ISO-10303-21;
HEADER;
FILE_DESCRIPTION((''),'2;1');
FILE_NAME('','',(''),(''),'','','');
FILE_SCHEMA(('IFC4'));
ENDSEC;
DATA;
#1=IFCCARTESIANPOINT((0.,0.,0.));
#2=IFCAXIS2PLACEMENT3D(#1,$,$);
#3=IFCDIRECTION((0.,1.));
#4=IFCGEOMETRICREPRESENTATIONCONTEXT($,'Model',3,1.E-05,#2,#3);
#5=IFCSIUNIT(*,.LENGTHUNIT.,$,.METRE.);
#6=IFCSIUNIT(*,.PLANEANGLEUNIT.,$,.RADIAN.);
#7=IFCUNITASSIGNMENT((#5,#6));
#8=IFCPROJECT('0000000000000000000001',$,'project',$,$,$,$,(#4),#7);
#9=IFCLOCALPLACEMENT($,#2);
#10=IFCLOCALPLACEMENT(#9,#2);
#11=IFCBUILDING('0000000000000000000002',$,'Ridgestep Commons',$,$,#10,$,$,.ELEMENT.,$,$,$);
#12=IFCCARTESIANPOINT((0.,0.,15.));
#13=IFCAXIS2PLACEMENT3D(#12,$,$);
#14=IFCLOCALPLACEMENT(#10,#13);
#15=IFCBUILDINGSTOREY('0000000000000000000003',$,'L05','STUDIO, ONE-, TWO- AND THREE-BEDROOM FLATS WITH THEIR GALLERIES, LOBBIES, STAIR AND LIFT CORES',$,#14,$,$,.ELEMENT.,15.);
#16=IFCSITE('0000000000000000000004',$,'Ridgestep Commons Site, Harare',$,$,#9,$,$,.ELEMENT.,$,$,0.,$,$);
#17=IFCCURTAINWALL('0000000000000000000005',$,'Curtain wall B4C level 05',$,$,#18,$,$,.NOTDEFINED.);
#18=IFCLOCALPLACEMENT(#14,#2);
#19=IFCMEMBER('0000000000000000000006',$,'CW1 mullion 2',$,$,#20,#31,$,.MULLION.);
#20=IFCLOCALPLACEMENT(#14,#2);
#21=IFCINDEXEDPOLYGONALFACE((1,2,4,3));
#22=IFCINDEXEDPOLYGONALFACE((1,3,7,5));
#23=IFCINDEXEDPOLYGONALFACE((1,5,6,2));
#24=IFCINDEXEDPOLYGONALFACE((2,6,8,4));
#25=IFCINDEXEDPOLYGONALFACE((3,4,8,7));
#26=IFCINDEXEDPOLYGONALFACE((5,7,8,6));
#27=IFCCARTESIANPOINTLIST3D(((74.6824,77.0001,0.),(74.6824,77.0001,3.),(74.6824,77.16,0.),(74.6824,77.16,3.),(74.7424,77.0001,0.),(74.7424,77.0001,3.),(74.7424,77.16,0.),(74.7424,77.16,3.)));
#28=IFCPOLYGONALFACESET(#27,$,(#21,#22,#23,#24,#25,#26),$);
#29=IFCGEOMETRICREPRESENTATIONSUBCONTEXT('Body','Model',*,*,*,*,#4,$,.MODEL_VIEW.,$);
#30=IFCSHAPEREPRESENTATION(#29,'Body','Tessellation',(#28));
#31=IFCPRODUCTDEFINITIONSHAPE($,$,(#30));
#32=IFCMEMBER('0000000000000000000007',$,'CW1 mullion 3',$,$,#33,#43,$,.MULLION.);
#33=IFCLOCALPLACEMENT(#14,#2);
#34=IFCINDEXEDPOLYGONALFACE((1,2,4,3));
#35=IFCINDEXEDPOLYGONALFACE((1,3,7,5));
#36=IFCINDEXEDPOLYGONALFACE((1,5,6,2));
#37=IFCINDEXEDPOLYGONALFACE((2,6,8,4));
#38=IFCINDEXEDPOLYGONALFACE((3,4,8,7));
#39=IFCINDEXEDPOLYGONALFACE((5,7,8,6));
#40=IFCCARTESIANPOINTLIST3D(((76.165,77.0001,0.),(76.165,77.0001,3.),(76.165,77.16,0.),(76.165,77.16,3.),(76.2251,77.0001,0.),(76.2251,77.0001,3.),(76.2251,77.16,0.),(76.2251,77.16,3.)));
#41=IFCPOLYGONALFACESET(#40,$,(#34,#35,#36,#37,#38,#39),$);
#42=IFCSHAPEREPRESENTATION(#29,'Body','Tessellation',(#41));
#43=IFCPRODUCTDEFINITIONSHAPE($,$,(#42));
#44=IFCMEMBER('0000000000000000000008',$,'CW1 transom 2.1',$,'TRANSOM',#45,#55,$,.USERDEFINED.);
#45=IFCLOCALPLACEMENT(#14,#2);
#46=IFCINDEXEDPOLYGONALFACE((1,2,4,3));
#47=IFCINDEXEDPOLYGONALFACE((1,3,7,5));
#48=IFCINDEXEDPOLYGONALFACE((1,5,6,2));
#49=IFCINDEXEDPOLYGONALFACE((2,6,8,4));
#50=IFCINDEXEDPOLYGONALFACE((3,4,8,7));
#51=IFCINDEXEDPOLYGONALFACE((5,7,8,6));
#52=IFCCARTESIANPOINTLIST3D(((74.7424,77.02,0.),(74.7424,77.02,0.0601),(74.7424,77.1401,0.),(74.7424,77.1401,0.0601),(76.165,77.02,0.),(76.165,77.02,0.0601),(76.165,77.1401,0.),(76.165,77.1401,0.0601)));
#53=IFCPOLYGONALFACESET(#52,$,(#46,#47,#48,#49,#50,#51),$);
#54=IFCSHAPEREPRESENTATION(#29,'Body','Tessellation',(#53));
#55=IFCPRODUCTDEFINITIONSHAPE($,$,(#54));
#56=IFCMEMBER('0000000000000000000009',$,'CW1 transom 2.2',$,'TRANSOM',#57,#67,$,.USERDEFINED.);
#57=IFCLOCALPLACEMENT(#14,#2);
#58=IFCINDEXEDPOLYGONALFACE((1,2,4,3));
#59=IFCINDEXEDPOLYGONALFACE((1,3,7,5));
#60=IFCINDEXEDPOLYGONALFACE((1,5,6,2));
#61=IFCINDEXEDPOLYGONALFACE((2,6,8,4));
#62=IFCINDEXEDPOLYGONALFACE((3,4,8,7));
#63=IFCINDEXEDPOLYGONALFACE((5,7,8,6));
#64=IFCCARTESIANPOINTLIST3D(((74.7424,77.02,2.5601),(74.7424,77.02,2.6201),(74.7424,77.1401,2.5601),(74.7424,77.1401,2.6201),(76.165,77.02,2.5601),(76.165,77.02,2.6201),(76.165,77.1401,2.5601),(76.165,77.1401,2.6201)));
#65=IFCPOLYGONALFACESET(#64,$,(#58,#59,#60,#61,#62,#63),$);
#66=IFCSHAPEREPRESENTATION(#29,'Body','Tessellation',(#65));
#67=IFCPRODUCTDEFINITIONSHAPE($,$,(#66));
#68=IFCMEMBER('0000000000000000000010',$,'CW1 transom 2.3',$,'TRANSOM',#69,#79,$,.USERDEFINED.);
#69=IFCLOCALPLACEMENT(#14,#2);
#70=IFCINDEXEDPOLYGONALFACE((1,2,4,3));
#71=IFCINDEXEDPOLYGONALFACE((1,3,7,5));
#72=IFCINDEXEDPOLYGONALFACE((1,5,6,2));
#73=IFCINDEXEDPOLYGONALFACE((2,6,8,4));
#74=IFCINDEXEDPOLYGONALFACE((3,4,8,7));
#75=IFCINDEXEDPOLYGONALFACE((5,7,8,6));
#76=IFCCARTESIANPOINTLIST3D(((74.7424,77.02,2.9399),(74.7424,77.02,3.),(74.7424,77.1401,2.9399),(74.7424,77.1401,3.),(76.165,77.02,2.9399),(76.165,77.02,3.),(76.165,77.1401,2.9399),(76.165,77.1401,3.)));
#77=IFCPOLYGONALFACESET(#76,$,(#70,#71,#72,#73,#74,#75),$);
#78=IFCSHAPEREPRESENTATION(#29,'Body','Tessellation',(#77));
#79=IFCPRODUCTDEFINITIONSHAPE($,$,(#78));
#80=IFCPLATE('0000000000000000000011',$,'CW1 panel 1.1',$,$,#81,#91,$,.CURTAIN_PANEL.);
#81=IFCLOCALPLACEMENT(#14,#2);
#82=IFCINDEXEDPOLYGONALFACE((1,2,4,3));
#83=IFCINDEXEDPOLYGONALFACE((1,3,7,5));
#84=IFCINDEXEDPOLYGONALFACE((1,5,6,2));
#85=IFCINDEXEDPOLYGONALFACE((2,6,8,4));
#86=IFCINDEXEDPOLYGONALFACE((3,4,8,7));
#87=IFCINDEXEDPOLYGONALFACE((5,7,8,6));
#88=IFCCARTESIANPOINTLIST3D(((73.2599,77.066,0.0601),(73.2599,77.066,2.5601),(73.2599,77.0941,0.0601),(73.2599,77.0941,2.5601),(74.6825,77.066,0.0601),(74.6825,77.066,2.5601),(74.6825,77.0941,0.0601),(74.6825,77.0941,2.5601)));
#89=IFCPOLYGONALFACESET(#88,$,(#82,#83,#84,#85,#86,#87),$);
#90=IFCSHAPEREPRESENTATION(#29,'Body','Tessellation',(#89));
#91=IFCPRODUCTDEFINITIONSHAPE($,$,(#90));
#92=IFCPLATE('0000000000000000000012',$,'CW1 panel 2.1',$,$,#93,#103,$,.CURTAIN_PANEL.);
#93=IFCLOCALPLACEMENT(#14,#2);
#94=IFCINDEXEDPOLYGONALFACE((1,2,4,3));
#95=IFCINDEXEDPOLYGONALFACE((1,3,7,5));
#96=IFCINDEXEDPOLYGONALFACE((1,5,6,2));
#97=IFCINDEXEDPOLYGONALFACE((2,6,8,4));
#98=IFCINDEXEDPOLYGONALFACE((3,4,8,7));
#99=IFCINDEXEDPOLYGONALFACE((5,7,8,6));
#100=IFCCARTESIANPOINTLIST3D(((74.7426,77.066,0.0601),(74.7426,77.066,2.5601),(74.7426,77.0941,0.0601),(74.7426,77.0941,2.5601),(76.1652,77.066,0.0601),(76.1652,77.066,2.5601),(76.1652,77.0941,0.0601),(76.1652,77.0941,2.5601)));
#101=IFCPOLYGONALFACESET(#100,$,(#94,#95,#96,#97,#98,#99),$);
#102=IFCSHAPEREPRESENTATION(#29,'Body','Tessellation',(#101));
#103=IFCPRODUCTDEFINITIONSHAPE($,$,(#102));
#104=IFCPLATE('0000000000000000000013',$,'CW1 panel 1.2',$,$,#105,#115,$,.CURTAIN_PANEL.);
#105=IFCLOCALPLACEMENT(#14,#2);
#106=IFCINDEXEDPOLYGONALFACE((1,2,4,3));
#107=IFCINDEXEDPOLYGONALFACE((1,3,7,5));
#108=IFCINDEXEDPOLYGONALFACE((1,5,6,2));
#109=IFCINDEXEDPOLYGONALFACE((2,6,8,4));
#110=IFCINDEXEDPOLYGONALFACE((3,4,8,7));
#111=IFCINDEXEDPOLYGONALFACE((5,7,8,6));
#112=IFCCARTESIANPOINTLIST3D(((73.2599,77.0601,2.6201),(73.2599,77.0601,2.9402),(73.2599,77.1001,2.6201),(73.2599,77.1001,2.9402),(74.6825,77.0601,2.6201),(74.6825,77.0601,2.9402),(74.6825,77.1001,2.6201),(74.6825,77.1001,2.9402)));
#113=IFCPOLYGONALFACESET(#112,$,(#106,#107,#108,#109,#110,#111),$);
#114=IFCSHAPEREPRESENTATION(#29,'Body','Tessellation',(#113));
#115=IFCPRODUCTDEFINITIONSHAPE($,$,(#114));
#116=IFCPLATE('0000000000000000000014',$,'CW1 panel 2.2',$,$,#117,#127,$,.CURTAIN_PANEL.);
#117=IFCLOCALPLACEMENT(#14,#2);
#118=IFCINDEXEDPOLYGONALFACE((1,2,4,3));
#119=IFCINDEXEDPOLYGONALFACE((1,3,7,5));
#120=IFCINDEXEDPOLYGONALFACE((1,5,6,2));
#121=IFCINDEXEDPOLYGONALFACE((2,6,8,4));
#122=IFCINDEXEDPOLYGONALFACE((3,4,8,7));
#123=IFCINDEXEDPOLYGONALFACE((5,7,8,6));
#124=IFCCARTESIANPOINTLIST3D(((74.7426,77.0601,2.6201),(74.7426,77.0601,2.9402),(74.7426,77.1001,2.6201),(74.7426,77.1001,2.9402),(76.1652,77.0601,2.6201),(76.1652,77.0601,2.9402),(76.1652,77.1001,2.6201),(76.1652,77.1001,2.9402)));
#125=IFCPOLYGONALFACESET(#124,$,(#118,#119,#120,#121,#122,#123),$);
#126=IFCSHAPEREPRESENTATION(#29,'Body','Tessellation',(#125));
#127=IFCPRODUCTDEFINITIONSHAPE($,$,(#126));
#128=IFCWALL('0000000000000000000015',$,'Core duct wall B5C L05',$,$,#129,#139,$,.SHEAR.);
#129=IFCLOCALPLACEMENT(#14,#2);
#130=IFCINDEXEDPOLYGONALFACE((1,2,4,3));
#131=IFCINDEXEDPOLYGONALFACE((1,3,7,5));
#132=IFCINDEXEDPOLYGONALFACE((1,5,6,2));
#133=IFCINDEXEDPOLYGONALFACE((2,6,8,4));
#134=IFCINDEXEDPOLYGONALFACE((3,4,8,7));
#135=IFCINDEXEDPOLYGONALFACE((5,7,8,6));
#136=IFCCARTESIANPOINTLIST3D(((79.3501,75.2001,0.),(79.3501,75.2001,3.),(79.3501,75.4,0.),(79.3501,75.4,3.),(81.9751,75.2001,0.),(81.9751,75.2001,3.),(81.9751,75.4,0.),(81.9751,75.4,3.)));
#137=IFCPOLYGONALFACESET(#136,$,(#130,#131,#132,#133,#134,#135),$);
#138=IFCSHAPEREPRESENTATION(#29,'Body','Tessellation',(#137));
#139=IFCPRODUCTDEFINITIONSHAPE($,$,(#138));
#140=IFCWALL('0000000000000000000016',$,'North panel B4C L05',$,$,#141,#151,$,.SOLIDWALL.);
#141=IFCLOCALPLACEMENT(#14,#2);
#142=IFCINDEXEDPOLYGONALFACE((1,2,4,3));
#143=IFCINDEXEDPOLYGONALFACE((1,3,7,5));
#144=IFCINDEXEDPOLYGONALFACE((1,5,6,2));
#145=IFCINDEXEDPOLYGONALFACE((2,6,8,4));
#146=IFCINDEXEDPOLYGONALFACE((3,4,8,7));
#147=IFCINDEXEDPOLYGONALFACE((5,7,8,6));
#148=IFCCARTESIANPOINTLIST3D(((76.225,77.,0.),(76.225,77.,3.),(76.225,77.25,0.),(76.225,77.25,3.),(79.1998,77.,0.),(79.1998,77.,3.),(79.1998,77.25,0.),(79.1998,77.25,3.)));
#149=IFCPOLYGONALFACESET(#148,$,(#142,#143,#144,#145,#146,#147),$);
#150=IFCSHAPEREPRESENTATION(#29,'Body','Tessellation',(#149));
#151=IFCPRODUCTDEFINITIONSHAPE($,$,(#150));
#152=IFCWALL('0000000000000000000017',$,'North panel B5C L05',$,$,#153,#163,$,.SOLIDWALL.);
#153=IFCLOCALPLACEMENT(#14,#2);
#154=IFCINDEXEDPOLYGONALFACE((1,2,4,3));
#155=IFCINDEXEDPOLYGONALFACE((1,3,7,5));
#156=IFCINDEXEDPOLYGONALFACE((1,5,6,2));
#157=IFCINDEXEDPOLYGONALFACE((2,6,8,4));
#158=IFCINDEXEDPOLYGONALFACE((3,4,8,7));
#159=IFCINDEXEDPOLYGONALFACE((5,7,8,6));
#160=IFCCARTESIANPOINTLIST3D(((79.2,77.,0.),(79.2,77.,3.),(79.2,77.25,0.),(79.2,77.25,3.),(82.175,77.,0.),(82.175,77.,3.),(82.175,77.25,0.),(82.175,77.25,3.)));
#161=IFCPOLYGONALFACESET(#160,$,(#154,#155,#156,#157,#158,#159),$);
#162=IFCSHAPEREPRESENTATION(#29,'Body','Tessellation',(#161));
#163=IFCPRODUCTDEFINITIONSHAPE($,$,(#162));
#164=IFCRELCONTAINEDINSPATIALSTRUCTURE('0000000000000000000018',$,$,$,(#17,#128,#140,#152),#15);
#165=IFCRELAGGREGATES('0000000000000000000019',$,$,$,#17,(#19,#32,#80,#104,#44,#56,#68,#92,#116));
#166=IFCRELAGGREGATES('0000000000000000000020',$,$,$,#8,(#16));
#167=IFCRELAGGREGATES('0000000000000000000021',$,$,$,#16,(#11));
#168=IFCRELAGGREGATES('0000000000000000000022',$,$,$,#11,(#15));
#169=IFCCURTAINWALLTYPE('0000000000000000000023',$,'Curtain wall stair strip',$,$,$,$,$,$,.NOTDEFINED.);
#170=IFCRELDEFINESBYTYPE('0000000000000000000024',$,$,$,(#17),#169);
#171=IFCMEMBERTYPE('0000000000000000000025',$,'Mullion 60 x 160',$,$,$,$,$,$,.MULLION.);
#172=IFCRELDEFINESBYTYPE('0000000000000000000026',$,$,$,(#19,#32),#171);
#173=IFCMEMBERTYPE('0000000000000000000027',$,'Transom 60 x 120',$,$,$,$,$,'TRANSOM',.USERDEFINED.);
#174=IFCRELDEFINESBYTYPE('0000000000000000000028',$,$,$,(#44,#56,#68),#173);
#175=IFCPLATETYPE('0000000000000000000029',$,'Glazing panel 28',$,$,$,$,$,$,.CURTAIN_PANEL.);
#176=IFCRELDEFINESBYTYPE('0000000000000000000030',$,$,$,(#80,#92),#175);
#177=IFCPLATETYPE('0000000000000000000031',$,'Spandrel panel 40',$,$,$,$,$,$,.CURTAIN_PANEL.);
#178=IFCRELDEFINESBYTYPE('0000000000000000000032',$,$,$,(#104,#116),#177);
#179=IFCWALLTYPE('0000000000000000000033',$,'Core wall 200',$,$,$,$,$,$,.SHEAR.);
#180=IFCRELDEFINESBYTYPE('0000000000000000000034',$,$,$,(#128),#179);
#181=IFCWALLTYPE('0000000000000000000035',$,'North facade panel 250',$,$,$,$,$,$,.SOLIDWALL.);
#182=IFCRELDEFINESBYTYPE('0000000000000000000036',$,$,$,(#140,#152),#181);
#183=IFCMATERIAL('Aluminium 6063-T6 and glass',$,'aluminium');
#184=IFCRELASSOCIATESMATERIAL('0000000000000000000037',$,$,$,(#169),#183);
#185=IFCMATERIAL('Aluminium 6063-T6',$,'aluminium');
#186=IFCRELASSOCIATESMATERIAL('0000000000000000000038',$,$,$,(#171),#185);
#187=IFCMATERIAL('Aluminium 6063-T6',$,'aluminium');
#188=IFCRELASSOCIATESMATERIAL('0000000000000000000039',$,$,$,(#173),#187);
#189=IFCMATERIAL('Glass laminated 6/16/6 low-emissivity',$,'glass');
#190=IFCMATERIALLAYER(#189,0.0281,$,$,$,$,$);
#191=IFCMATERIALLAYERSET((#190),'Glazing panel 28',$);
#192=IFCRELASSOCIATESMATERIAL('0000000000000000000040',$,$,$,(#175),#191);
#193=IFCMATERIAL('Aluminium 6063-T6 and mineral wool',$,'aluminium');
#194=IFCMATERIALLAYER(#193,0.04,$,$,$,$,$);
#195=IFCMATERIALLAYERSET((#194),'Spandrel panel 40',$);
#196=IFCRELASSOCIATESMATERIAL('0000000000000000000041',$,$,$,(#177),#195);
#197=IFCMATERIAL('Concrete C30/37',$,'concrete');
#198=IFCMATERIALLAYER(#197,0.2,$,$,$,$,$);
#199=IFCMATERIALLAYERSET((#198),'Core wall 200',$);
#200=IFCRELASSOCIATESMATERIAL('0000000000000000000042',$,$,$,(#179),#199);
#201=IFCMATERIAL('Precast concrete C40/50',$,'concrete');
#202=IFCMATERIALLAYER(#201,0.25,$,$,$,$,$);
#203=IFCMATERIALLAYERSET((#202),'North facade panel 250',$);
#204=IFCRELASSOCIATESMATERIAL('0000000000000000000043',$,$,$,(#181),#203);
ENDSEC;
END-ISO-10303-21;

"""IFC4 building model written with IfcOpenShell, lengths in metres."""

from ifc_helpers import new_model, si_unit, direction, frame, frame_2d, origin, origin_2d, place, context, subcontext, project, spatial, rectangle, extrude, material, layer, layer_set, material_profile, profile_set, type_object, element, aggregate, save


model = new_model("IFC4")

# Units and contexts
model_context = context("Model", 3, precision=1e-05, world=origin(), true_north=direction((0.0, 1.0)))
body_context = subcontext(model_context, "Body", "Model", "MODEL_VIEW")
ifc_project = project(units=[si_unit("LENGTHUNIT", "METRE"), si_unit("PLANEANGLEUNIT", "RADIAN")], contexts=[model_context])

# Site, building, storey
site_placement = place(None, origin())
site = spatial("IfcSite", under=ifc_project, at=site_placement, Name="Ridgestep Commons Site, Harare", CompositionType="ELEMENT", RefElevation=0.0)
building_placement = place(site_placement, origin())
building = spatial("IfcBuilding", under=site, at=building_placement, Name="Ridgestep Commons", CompositionType="ELEMENT")
storey_placement = place(building_placement, frame((0.0, 0.0, 15.0)))
storey = spatial("IfcBuildingStorey", under=building, at=storey_placement, Name="L05", Description="STUDIO, ONE-, TWO- AND THREE-BEDROOM FLATS WITH THEIR GALLERIES, LOBBIES, STAIR AND LIFT CORES", CompositionType="ELEMENT", Elevation=15.0)

# Curtain wall, members, plates
ifc_material_1 = material(Name="Aluminium 6063-T6 and glass", Category="aluminium")
curtain_wall_type = type_object("IfcCurtainWallType", Name="Curtain wall stair strip", PredefinedType="NOTDEFINED", material=ifc_material_1)
curtain_wall_placement = place(storey_placement, origin())
curtain_wall = element("IfcCurtainWall", 1, at=curtain_wall_placement, inside=storey, type_object=curtain_wall_type, Name="Curtain wall B4C level 05", PredefinedType="NOTDEFINED")
ifc_material_2 = material(Name="Aluminium 6063-T6", Category="aluminium")
ifc_material_profile_1 = material_profile(ifc_material_2, rectangle(XDim=0.1599, YDim=0.0601, at=origin_2d()), Name="Mullion 60 x 160")
ifc_profile_set_1 = profile_set([ifc_material_profile_1], Name="Aluminium 6063-T6")
member_type_1 = type_object("IfcMemberType", Name="Mullion 60 x 160", PredefinedType="MULLION", material=ifc_profile_set_1)
member_1_placement = place(storey_placement, frame((74.7124, 77.0801, 0.0), z_axis=(0.0, 0.0, 1.0), x_axis=(0.0, 1.0, 0.0)))
member_1 = element("IfcMember", 2, at=member_1_placement, type_object=member_type_1, Name="CW1 mullion 2", PredefinedType="MULLION", context=body_context, shape_type="SweptSolid", body=[
    extrude(rectangle(XDim=0.1599, YDim=0.0601, at=origin_2d()), origin(), (0.0, 0.0, 1.0), 3.0),
])
member_2_placement = place(storey_placement, frame((76.1951, 77.0801, 0.0), z_axis=(0.0, 0.0, 1.0), x_axis=(0.0, 1.0, 0.0)))
member_2 = element("IfcMember", 3, at=member_2_placement, type_object=member_type_1, Name="CW1 mullion 3", PredefinedType="MULLION", context=body_context, shape_type="SweptSolid", body=[
    extrude(rectangle(XDim=0.1599, YDim=0.0601, at=origin_2d()), origin(), (0.0, 0.0, 1.0), 3.0),
])
ifc_material_3 = material(Name="Aluminium 6063-T6", Category="aluminium")
ifc_material_profile_2 = material_profile(ifc_material_3, rectangle(XDim=0.1201, YDim=0.0601, at=origin_2d()), Name="Transom 60 x 120")
ifc_profile_set_2 = profile_set([ifc_material_profile_2], Name="Aluminium 6063-T6")
member_type_2 = type_object("IfcMemberType", Name="Transom 60 x 120", ElementType="TRANSOM", PredefinedType="USERDEFINED", material=ifc_profile_set_2)
member_3_placement = place(storey_placement, frame((74.7424, 77.0801, 0.03), z_axis=(1.0, 0.0, 0.0), x_axis=(0.0, 1.0, 0.0)))
member_3 = element("IfcMember", 4, at=member_3_placement, type_object=member_type_2, Name="CW1 transom 2.1", ObjectType="TRANSOM", PredefinedType="USERDEFINED", context=body_context, shape_type="SweptSolid", body=[
    extrude(rectangle(XDim=0.1201, YDim=0.0601, at=origin_2d()), origin(), (0.0, 0.0, 1.0), 1.4226),
])
member_4_placement = place(storey_placement, frame((74.7424, 77.0801, 2.5901), z_axis=(1.0, 0.0, 0.0), x_axis=(0.0, 1.0, 0.0)))
member_4 = element("IfcMember", 5, at=member_4_placement, type_object=member_type_2, Name="CW1 transom 2.2", ObjectType="TRANSOM", PredefinedType="USERDEFINED", context=body_context, shape_type="SweptSolid", body=[
    extrude(rectangle(XDim=0.1201, YDim=0.0601, at=origin_2d()), origin(), (0.0, 0.0, 1.0), 1.4226),
])
member_5_placement = place(storey_placement, frame((74.7424, 77.0801, 2.97), z_axis=(1.0, 0.0, 0.0), x_axis=(0.0, 1.0, 0.0)))
member_5 = element("IfcMember", 6, at=member_5_placement, type_object=member_type_2, Name="CW1 transom 2.3", ObjectType="TRANSOM", PredefinedType="USERDEFINED", context=body_context, shape_type="SweptSolid", body=[
    extrude(rectangle(XDim=0.1201, YDim=0.0601, at=origin_2d()), origin(), (0.0, 0.0, 1.0), 1.4226),
])
ifc_material_4 = material(Name="Glass laminated 6/16/6 low-emissivity", Category="glass")
ifc_layer_1 = layer(ifc_material_4, 0.0281)
ifc_layer_set_1 = layer_set([ifc_layer_1], Name="Glazing panel 28")
plate_type_1 = type_object("IfcPlateType", Name="Glazing panel 28", PredefinedType="CURTAIN_PANEL", material=ifc_layer_set_1)
plate_1_placement = place(storey_placement, frame((73.9712, 77.0801, 0.0601), z_axis=(0.0, 0.0, 1.0), x_axis=(1.0, 0.0, 0.0)))
plate_1 = element("IfcPlate", 7, at=plate_1_placement, type_object=plate_type_1, Name="CW1 panel 1.1", PredefinedType="CURTAIN_PANEL", context=body_context, shape_type="SweptSolid", body=[
    extrude(rectangle(XDim=1.4226, YDim=0.0281, at=origin_2d()), origin(), (0.0, 0.0, 1.0), 2.5),
])
plate_2_placement = place(storey_placement, frame((75.4539, 77.0801, 0.0601), z_axis=(0.0, 0.0, 1.0), x_axis=(1.0, 0.0, 0.0)))
plate_2 = element("IfcPlate", 8, at=plate_2_placement, type_object=plate_type_1, Name="CW1 panel 2.1", PredefinedType="CURTAIN_PANEL", context=body_context, shape_type="SweptSolid", body=[
    extrude(rectangle(XDim=1.4226, YDim=0.0281, at=origin_2d()), origin(), (0.0, 0.0, 1.0), 2.5),
])
ifc_material_5 = material(Name="Aluminium 6063-T6 and mineral wool", Category="aluminium")
ifc_layer_2 = layer(ifc_material_5, 0.04)
ifc_layer_set_2 = layer_set([ifc_layer_2], Name="Spandrel panel 40")
plate_type_2 = type_object("IfcPlateType", Name="Spandrel panel 40", PredefinedType="CURTAIN_PANEL", material=ifc_layer_set_2)
plate_3_placement = place(storey_placement, frame((73.9712, 77.0801, 2.6201), z_axis=(0.0, 0.0, 1.0), x_axis=(1.0, 0.0, 0.0)))
plate_3 = element("IfcPlate", 9, at=plate_3_placement, type_object=plate_type_2, Name="CW1 panel 1.2", PredefinedType="CURTAIN_PANEL", context=body_context, shape_type="SweptSolid", body=[
    extrude(rectangle(XDim=1.4226, YDim=0.04, at=origin_2d()), origin(), (0.0, 0.0, 1.0), 0.3201),
])
plate_4_placement = place(storey_placement, frame((75.4539, 77.0801, 2.6201), z_axis=(0.0, 0.0, 1.0), x_axis=(1.0, 0.0, 0.0)))
plate_4 = element("IfcPlate", 10, at=plate_4_placement, type_object=plate_type_2, Name="CW1 panel 2.2", PredefinedType="CURTAIN_PANEL", context=body_context, shape_type="SweptSolid", body=[
    extrude(rectangle(XDim=1.4226, YDim=0.04, at=origin_2d()), origin(), (0.0, 0.0, 1.0), 0.3201),
])
aggregate(curtain_wall, [member_1, member_2, plate_1, plate_3, member_3, member_4, member_5, plate_2, plate_4])

# Walls
ifc_material_6 = material(Name="Concrete C30/37", Category="concrete")
ifc_layer_3 = layer(ifc_material_6, 0.2)
ifc_layer_set_3 = layer_set([ifc_layer_3], Name="Core wall 200")
wall_type_1 = type_object("IfcWallType", Name="Core wall 200", PredefinedType="SHEAR", material=ifc_layer_set_3)
wall_1_placement = place(storey_placement, frame((79.3501, 75.3, 0.0), z_axis=(0.0, 0.0, 1.0), x_axis=(1.0, 0.0, 0.0)))
element("IfcWall", 11, at=wall_1_placement, inside=storey, type_object=wall_type_1, Name="Core duct wall B5C L05", PredefinedType="SHEAR", context=body_context, shape_type="SweptSolid", body=[
    extrude(rectangle(XDim=2.625, YDim=0.2, at=frame_2d((1.3125, 0.0))), origin(), (0.0, 0.0, 1.0), 3.0),
])
ifc_material_7 = material(Name="Precast concrete C40/50", Category="concrete")
ifc_layer_4 = layer(ifc_material_7, 0.25)
ifc_layer_set_4 = layer_set([ifc_layer_4], Name="North facade panel 250")
wall_type_2 = type_object("IfcWallType", Name="North facade panel 250", PredefinedType="SOLIDWALL", material=ifc_layer_set_4)
wall_2_placement = place(storey_placement, frame((76.2251, 77.125, 0.0), z_axis=(0.0, 0.0, 1.0), x_axis=(1.0, 0.0, 0.0)))
element("IfcWall", 12, at=wall_2_placement, inside=storey, type_object=wall_type_2, Name="North panel B4C L05", PredefinedType="SOLIDWALL", context=body_context, shape_type="SweptSolid", body=[
    extrude(rectangle(XDim=2.9749, YDim=0.25, at=frame_2d((1.4873, 0.0))), origin(), (0.0, 0.0, 1.0), 3.0),
])
wall_3_placement = place(storey_placement, frame((79.2, 77.125, 0.0), z_axis=(0.0, 0.0, 1.0), x_axis=(1.0, 0.0, 0.0)))
element("IfcWall", 13, at=wall_3_placement, inside=storey, type_object=wall_type_2, Name="North panel B5C L05", PredefinedType="SOLIDWALL", context=body_context, shape_type="SweptSolid", body=[
    extrude(rectangle(XDim=2.9751, YDim=0.25, at=frame_2d((1.4875, 0.0))), origin(), (0.0, 0.0, 1.0), 3.0),
])

save(model, "model.ifc")
